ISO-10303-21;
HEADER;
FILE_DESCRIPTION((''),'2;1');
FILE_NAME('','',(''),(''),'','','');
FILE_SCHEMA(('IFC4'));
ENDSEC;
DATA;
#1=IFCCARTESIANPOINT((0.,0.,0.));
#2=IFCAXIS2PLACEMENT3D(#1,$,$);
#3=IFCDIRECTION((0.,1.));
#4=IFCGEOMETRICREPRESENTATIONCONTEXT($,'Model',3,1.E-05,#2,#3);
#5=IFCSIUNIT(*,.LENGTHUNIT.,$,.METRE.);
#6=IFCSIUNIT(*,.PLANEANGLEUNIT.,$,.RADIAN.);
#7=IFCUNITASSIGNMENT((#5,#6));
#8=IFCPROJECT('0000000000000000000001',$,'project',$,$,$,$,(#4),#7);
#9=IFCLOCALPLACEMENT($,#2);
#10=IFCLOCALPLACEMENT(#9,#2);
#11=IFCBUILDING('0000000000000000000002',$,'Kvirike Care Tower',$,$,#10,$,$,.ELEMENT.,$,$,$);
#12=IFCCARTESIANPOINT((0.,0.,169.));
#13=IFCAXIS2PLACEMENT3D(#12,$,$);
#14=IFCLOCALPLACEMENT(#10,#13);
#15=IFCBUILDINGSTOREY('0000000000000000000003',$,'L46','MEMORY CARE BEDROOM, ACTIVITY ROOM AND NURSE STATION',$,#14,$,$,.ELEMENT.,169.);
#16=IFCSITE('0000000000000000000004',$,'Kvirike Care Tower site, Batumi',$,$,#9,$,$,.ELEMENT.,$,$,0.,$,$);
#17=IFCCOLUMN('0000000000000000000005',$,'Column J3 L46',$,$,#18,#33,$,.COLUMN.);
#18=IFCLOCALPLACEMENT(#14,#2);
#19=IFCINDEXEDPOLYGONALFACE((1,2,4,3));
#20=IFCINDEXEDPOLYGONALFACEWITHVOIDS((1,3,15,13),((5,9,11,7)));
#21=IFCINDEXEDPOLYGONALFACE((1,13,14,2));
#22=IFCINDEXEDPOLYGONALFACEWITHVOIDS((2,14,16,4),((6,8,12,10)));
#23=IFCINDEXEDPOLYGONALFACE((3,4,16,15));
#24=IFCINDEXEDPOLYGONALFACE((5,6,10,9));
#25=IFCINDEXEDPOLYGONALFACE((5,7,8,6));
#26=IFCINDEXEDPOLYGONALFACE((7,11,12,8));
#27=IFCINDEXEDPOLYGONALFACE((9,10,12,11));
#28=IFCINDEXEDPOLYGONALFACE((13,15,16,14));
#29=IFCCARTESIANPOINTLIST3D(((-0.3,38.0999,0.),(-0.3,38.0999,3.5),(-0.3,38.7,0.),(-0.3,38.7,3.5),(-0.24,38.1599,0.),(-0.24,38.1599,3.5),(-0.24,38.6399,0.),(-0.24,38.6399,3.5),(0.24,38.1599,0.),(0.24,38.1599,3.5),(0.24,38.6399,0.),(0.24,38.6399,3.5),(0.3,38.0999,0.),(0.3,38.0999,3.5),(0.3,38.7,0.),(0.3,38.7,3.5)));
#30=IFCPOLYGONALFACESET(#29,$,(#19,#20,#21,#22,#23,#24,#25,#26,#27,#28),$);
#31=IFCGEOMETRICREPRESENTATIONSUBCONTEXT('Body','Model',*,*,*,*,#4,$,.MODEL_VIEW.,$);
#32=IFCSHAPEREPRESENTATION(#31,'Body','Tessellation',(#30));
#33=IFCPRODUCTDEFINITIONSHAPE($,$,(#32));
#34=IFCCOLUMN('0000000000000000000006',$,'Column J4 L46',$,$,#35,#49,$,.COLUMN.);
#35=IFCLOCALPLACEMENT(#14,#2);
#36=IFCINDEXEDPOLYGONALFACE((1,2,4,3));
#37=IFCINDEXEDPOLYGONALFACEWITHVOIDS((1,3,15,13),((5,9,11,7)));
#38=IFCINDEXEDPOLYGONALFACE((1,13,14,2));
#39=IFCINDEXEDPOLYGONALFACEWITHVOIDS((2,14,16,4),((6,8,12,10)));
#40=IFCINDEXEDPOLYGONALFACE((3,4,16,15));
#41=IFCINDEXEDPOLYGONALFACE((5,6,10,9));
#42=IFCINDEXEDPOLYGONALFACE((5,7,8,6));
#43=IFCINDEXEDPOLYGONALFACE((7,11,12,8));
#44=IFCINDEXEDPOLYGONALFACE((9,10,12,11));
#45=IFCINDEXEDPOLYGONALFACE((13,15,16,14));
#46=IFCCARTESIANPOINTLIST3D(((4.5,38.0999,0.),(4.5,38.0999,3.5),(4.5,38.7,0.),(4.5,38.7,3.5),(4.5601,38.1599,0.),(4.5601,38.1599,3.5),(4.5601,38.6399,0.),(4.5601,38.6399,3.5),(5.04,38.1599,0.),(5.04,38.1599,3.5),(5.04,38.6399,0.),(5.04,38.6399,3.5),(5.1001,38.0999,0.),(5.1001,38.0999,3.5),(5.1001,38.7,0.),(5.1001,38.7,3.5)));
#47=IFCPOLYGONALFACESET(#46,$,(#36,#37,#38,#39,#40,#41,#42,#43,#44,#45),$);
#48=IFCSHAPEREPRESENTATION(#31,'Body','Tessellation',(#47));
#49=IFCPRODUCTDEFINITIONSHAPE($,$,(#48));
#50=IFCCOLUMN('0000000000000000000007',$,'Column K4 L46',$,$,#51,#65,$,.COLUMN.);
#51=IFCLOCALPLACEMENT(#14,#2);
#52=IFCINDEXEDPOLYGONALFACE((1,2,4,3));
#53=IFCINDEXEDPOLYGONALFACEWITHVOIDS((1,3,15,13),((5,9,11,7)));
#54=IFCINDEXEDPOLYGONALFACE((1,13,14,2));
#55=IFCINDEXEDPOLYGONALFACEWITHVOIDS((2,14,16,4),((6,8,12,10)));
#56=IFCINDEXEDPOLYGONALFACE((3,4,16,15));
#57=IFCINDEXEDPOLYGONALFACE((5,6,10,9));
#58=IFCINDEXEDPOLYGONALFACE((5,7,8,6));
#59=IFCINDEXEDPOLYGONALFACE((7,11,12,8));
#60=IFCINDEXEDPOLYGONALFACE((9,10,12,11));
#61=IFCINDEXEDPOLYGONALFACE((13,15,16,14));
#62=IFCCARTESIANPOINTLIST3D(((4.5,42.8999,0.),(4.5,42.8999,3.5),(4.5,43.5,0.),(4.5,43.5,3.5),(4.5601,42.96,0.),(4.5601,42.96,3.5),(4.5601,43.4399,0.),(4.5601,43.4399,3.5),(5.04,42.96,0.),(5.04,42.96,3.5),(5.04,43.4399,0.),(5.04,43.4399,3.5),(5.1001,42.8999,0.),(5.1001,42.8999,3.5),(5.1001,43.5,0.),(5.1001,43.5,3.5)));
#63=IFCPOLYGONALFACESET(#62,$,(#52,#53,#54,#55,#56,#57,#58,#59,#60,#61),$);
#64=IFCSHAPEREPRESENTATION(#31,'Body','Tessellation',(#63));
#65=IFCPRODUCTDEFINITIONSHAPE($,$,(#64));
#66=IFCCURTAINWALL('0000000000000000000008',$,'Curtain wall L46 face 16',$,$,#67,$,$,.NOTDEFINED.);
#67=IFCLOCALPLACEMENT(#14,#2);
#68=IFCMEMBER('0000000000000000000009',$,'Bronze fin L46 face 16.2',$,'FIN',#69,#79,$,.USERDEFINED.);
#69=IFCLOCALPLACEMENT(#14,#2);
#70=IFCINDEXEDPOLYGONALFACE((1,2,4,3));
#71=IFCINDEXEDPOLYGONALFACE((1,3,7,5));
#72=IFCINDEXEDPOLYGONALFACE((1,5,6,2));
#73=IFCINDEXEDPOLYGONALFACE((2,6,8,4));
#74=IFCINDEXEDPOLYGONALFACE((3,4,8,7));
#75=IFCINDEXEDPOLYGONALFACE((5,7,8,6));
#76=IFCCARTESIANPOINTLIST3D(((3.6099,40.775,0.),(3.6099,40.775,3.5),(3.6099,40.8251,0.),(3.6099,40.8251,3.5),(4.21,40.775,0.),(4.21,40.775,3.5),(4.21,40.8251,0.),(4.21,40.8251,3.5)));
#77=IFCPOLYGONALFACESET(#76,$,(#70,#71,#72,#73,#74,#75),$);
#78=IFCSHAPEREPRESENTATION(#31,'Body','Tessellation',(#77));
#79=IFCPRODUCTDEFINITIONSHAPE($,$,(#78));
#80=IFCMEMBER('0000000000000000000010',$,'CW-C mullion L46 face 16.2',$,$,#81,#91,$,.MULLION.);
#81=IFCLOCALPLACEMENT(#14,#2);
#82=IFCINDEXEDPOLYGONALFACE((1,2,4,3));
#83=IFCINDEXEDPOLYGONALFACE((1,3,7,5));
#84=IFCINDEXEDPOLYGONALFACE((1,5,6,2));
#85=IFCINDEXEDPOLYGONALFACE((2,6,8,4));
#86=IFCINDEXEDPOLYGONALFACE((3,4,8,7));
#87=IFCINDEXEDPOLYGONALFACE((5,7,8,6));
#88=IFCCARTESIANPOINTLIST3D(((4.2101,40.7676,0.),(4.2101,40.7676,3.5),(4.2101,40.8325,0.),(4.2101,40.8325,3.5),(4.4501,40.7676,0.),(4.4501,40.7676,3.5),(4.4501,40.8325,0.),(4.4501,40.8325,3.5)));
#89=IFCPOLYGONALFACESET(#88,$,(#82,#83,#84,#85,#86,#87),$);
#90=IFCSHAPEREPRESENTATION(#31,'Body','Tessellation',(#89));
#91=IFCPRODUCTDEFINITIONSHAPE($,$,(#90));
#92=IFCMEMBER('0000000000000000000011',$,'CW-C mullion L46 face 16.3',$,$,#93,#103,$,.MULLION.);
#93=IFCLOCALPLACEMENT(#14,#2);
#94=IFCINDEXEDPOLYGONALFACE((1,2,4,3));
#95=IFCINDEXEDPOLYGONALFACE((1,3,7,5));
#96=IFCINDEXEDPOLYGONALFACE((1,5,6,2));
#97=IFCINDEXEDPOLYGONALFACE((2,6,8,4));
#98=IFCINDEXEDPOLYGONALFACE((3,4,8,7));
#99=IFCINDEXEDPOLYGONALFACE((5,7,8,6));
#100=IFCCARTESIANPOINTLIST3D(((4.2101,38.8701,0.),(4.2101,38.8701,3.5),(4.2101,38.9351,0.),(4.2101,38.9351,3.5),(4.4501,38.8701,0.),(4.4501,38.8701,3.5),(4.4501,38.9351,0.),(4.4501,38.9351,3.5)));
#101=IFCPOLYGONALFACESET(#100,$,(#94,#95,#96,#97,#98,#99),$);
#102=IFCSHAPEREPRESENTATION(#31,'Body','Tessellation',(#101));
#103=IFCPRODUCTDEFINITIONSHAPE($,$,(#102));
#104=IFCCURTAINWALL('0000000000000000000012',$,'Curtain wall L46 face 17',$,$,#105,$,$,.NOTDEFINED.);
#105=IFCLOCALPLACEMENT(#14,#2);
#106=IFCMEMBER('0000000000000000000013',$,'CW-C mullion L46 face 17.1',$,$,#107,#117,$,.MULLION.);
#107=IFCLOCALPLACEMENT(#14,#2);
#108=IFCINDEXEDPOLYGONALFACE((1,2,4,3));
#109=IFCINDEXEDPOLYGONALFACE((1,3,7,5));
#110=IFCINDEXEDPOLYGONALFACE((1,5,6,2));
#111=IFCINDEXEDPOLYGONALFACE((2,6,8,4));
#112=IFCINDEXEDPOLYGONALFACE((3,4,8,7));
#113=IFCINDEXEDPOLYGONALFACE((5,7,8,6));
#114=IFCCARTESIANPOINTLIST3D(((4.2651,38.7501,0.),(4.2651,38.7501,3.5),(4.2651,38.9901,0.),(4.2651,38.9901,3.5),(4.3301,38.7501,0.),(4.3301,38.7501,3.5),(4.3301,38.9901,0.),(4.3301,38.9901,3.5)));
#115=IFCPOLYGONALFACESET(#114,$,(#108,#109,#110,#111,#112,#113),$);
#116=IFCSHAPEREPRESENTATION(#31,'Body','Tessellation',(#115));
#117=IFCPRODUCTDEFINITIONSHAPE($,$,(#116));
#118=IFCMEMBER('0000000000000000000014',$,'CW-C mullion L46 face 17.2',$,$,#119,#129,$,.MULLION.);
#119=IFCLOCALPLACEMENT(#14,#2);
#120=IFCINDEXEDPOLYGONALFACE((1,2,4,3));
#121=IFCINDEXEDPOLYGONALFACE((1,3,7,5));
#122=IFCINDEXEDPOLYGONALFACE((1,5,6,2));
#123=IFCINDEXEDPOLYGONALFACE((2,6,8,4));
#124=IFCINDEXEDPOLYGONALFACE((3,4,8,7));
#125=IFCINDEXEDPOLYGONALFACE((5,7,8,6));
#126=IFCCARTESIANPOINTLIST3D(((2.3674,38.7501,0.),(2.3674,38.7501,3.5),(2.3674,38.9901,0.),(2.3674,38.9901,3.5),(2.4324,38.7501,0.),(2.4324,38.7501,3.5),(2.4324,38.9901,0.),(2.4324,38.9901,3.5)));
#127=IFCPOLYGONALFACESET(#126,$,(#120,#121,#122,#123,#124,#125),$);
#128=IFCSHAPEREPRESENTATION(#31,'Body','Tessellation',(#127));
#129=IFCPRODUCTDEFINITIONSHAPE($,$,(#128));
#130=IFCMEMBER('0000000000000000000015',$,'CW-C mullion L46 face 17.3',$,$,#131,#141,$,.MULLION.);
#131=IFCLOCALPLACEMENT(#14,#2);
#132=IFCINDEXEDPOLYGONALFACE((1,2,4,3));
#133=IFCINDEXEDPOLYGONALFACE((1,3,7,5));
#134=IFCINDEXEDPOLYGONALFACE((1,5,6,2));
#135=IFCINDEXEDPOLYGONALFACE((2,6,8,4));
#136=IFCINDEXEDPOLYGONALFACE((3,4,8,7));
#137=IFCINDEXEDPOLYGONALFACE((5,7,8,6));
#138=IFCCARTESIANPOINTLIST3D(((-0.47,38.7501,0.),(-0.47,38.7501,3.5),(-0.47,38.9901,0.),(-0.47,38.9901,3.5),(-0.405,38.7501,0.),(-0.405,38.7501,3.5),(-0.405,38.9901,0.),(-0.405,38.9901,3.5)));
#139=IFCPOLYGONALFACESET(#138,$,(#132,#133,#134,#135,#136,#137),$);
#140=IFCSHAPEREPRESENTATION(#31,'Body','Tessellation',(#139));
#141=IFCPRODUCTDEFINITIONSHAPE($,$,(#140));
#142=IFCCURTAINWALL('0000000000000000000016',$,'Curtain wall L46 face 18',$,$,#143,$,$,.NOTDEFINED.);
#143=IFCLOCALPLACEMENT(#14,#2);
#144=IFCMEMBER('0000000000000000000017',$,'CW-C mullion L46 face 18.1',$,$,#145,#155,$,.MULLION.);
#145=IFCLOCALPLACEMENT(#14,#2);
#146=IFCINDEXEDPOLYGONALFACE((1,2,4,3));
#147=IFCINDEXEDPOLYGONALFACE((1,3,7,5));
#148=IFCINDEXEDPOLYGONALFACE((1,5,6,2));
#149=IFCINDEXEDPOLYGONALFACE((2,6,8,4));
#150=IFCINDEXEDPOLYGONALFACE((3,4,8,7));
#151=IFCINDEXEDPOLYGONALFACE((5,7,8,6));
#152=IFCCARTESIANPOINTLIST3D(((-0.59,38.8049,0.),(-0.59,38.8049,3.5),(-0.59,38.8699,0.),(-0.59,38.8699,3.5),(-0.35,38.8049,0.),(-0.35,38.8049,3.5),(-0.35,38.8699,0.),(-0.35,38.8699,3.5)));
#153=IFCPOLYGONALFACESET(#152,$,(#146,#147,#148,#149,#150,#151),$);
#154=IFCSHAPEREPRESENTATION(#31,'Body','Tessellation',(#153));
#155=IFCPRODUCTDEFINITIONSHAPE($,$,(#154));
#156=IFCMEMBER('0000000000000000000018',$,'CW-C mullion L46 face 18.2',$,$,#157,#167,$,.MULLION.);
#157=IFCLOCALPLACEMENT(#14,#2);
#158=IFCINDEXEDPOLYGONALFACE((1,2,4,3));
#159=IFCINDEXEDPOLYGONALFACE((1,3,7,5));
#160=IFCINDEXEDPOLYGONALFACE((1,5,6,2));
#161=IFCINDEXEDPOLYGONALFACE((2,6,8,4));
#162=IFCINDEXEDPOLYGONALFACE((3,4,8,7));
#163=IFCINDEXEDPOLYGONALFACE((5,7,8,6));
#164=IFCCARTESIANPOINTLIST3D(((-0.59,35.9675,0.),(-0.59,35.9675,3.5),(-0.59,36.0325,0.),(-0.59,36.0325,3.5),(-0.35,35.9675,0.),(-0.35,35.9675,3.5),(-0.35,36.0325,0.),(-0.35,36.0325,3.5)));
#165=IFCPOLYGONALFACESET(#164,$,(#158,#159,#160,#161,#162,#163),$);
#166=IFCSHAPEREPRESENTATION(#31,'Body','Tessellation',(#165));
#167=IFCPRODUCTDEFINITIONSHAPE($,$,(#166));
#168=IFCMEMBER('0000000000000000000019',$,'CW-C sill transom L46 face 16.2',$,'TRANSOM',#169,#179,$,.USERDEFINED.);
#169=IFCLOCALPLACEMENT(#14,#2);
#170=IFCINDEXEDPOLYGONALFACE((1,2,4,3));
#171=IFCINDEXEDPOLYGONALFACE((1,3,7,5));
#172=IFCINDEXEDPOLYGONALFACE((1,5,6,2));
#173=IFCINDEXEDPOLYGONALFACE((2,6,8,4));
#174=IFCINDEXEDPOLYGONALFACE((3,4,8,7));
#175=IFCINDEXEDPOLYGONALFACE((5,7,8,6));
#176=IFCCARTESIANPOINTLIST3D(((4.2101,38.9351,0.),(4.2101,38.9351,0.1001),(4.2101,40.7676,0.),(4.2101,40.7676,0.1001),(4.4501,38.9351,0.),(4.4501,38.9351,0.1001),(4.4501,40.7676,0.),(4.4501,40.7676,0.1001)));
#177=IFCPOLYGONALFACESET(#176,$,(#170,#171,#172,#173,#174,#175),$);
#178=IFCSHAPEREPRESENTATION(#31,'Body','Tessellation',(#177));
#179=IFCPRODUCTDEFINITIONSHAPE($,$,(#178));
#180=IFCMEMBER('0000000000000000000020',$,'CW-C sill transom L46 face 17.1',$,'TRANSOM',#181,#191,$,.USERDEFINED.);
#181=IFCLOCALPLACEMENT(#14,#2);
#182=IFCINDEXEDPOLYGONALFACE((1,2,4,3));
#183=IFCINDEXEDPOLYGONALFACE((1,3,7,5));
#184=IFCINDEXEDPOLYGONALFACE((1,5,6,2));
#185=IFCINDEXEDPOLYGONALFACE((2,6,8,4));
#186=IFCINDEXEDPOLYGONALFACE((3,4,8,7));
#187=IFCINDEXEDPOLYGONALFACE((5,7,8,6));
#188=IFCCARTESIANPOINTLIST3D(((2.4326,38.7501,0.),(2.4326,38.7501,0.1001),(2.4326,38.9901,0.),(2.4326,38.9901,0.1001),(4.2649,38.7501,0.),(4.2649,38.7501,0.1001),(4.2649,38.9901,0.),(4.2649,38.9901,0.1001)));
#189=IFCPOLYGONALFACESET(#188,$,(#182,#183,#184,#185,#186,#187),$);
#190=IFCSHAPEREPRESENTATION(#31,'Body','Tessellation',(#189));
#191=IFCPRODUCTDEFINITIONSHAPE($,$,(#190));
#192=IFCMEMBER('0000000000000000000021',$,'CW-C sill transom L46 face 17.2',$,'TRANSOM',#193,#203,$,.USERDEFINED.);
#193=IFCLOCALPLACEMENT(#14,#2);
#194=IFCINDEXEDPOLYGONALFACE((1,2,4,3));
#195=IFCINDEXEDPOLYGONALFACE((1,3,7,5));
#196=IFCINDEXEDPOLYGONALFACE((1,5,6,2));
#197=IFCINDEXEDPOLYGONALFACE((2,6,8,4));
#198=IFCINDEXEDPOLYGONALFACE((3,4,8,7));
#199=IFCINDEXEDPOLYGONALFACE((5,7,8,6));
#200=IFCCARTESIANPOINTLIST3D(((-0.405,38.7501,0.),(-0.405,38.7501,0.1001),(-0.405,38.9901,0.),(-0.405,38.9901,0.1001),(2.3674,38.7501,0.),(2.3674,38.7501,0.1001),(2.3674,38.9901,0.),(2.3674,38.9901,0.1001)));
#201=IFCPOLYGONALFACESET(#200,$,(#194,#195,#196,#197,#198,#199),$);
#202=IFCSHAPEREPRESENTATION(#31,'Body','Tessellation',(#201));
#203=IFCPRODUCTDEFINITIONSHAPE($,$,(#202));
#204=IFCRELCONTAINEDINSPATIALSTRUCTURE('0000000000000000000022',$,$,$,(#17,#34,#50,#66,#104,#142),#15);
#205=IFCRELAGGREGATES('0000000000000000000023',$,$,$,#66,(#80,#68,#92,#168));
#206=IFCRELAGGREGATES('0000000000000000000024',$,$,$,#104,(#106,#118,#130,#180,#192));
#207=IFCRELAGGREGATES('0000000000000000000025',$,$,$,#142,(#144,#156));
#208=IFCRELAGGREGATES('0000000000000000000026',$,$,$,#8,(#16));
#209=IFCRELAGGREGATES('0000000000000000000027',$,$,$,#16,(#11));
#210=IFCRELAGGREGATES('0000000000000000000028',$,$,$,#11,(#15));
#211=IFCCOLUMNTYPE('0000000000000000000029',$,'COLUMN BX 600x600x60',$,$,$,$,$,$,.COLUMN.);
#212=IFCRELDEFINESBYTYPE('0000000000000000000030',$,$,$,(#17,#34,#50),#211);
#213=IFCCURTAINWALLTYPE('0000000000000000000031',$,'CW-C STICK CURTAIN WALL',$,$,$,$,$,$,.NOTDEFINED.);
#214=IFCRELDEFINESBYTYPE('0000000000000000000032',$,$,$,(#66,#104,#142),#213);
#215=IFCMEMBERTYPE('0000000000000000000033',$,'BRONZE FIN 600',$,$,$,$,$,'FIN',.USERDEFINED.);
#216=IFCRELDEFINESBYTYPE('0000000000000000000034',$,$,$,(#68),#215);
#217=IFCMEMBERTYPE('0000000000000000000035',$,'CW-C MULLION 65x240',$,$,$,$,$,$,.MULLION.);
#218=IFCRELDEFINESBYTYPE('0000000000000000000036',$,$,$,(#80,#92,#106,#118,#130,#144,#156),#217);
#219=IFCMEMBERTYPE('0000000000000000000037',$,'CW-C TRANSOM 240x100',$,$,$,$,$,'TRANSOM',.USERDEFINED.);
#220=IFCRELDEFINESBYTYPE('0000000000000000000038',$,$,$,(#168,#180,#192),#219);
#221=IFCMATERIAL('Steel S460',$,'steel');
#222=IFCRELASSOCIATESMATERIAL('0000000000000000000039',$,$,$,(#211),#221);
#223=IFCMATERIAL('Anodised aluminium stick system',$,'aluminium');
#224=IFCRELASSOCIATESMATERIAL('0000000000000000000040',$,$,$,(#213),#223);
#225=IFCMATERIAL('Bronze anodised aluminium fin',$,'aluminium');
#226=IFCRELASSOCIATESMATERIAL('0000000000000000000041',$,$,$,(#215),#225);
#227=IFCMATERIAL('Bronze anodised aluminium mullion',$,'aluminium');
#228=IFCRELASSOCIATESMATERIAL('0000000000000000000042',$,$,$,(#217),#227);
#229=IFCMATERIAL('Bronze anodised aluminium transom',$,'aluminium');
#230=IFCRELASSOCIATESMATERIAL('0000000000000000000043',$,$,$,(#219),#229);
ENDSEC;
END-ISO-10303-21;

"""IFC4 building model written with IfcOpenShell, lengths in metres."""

from ifc_helpers import new_model, si_unit, direction, frame, origin, origin_2d, place, context, subcontext, project, spatial, rectangle, hollow_rectangle, extrude, material, material_profile, profile_set, type_object, element, aggregate, save


model = new_model("IFC4")

# Units and contexts
model_context = context("Model", 3, precision=1e-05, world=origin(), true_north=direction((0.0, 1.0)))
body_context = subcontext(model_context, "Body", "Model", "MODEL_VIEW")
ifc_project = project(units=[si_unit("LENGTHUNIT", "METRE"), si_unit("PLANEANGLEUNIT", "RADIAN")], contexts=[model_context])

# Site, building, storey
site_placement = place(None, origin())
site = spatial("IfcSite", under=ifc_project, at=site_placement, Name="Kvirike Care Tower site, Batumi", CompositionType="ELEMENT", RefElevation=0.0)
building_placement = place(site_placement, origin())
building = spatial("IfcBuilding", under=site, at=building_placement, Name="Kvirike Care Tower", CompositionType="ELEMENT")
storey_placement = place(building_placement, frame((0.0, 0.0, 169.0)))
storey = spatial("IfcBuildingStorey", under=building, at=storey_placement, Name="L46", Description="MEMORY CARE BEDROOM, ACTIVITY ROOM AND NURSE STATION", CompositionType="ELEMENT", Elevation=169.0)

# Columns
ifc_material_1 = material(Name="Steel S460", Category="steel")
ifc_material_profile_1 = material_profile(ifc_material_1, hollow_rectangle(XDim=0.6001, YDim=0.6001, WallThickness=0.0601, at=origin_2d()), Name="BX 600x600x60")
ifc_profile_set_1 = profile_set([ifc_material_profile_1], Name="Steel S460")
column_type = type_object("IfcColumnType", Name="COLUMN BX 600x600x60", PredefinedType="COLUMN", material=ifc_profile_set_1)
for number, where, z_axis, x_axis, name in (
    (1, (0.0, 38.3999, 0.0), (0.0, 0.0, 1.0), (0.0, 1.0, 0.0), "Column J3 L46"),
    (2, (4.8, 38.3999, 0.0), (0.0, 0.0, 1.0), (0.0, 1.0, 0.0), "Column J4 L46"),
    (3, (4.8, 43.2, 0.0), (0.0, 0.0, 1.0), (0.0, 1.0, 0.0), "Column K4 L46"),
):
    element("IfcColumn", number, at=place(storey_placement, frame(where, z_axis=z_axis, x_axis=x_axis)), inside=storey, type_object=column_type, Name=name, PredefinedType="COLUMN", context=body_context, shape_type="SweptSolid", body=[
        extrude(hollow_rectangle(XDim=0.6001, YDim=0.6001, WallThickness=0.0601, at=origin_2d()), origin(), (0.0, 0.0, 1.0), 3.5),
    ])

# Curtain walls, members
ifc_material_2 = material(Name="Anodised aluminium stick system", Category="aluminium")
curtain_wall_type = type_object("IfcCurtainWallType", Name="CW-C STICK CURTAIN WALL", PredefinedType="NOTDEFINED", material=ifc_material_2)
curtain_wall_1_placement = place(storey_placement, origin())
curtain_wall_1 = element("IfcCurtainWall", 4, at=curtain_wall_1_placement, inside=storey, type_object=curtain_wall_type, Name="Curtain wall L46 face 16", PredefinedType="NOTDEFINED")
ifc_material_3 = material(Name="Bronze anodised aluminium fin", Category="aluminium")
ifc_material_profile_2 = material_profile(ifc_material_3, rectangle(XDim=0.05, YDim=0.6001, at=origin_2d()), Name="BRONZE FIN 600")
ifc_profile_set_2 = profile_set([ifc_material_profile_2], Name="Bronze anodised aluminium fin")
member_type_1 = type_object("IfcMemberType", Name="BRONZE FIN 600", ElementType="FIN", PredefinedType="USERDEFINED", material=ifc_profile_set_2)
member_1_placement = place(storey_placement, frame((3.9099, 40.8, 0.0), z_axis=(0.0, 0.0, 1.0), x_axis=(0.0, -1.0, 0.0)))
member_1 = element("IfcMember", 5, at=member_1_placement, type_object=member_type_1, Name="Bronze fin L46 face 16.2", ObjectType="FIN", PredefinedType="USERDEFINED", context=body_context, shape_type="SweptSolid", body=[
    extrude(rectangle(XDim=0.05, YDim=0.6001, at=origin_2d()), origin(), (0.0, 0.0, 1.0), 3.5),
])
ifc_material_4 = material(Name="Bronze anodised aluminium mullion", Category="aluminium")
ifc_material_profile_3 = material_profile(ifc_material_4, rectangle(XDim=0.0649, YDim=0.24, at=origin_2d()), Name="CW-C MULLION 65x240")
ifc_profile_set_3 = profile_set([ifc_material_profile_3], Name="Bronze anodised aluminium mullion")
member_type_2 = type_object("IfcMemberType", Name="CW-C MULLION 65x240", PredefinedType="MULLION", material=ifc_profile_set_3)
member_2_placement = place(storey_placement, frame((4.3301, 40.8, 0.0), z_axis=(0.0, 0.0, 1.0), x_axis=(0.0, -1.0, 0.0)))
member_2 = element("IfcMember", 6, at=member_2_placement, type_object=member_type_2, Name="CW-C mullion L46 face 16.2", PredefinedType="MULLION", context=body_context, shape_type="SweptSolid", body=[
    extrude(rectangle(XDim=0.0649, YDim=0.24, at=origin_2d()), origin(), (0.0, 0.0, 1.0), 3.5),
])
member_3_placement = place(storey_placement, frame((4.3301, 38.9026, 0.0), z_axis=(0.0, 0.0, 1.0), x_axis=(0.0, -1.0, 0.0)))
member_3 = element("IfcMember", 7, at=member_3_placement, type_object=member_type_2, Name="CW-C mullion L46 face 16.3", PredefinedType="MULLION", context=body_context, shape_type="SweptSolid", body=[
    extrude(rectangle(XDim=0.0649, YDim=0.24, at=origin_2d()), origin(), (0.0, 0.0, 1.0), 3.5),
])
curtain_wall_2_placement = place(storey_placement, origin())
curtain_wall_2 = element("IfcCurtainWall", 8, at=curtain_wall_2_placement, inside=storey, type_object=curtain_wall_type, Name="Curtain wall L46 face 17", PredefinedType="NOTDEFINED")
member_4_placement = place(storey_placement, frame((4.2976, 38.8701, 0.0), z_axis=(0.0, 0.0, 1.0), x_axis=(-1.0, 0.0, 0.0)))
member_4 = element("IfcMember", 9, at=member_4_placement, type_object=member_type_2, Name="CW-C mullion L46 face 17.1", PredefinedType="MULLION", context=body_context, shape_type="SweptSolid", body=[
    extrude(rectangle(XDim=0.0649, YDim=0.24, at=origin_2d()), origin(), (0.0, 0.0, 1.0), 3.5),
])
member_5_placement = place(storey_placement, frame((2.3999, 38.8701, 0.0), z_axis=(0.0, 0.0, 1.0), x_axis=(-1.0, 0.0, 0.0)))
member_5 = element("IfcMember", 10, at=member_5_placement, type_object=member_type_2, Name="CW-C mullion L46 face 17.2", PredefinedType="MULLION", context=body_context, shape_type="SweptSolid", body=[
    extrude(rectangle(XDim=0.0649, YDim=0.24, at=origin_2d()), origin(), (0.0, 0.0, 1.0), 3.5),
])
member_6_placement = place(storey_placement, frame((-0.4375, 38.8701, 0.0), z_axis=(0.0, 0.0, 1.0), x_axis=(-1.0, 0.0, 0.0)))
member_6 = element("IfcMember", 11, at=member_6_placement, type_object=member_type_2, Name="CW-C mullion L46 face 17.3", PredefinedType="MULLION", context=body_context, shape_type="SweptSolid", body=[
    extrude(rectangle(XDim=0.0649, YDim=0.24, at=origin_2d()), origin(), (0.0, 0.0, 1.0), 3.5),
])
curtain_wall_3_placement = place(storey_placement, origin())
curtain_wall_3 = element("IfcCurtainWall", 12, at=curtain_wall_3_placement, inside=storey, type_object=curtain_wall_type, Name="Curtain wall L46 face 18", PredefinedType="NOTDEFINED")
member_7_placement = place(storey_placement, frame((-0.47, 38.8374, 0.0), z_axis=(0.0, 0.0, 1.0), x_axis=(0.0, -1.0, 0.0)))
member_7 = element("IfcMember", 13, at=member_7_placement, type_object=member_type_2, Name="CW-C mullion L46 face 18.1", PredefinedType="MULLION", context=body_context, shape_type="SweptSolid", body=[
    extrude(rectangle(XDim=0.0649, YDim=0.24, at=origin_2d()), origin(), (0.0, 0.0, 1.0), 3.5),
])
member_8_placement = place(storey_placement, frame((-0.47, 36.0, 0.0), z_axis=(0.0, 0.0, 1.0), x_axis=(0.0, -1.0, 0.0)))
member_8 = element("IfcMember", 14, at=member_8_placement, type_object=member_type_2, Name="CW-C mullion L46 face 18.2", PredefinedType="MULLION", context=body_context, shape_type="SweptSolid", body=[
    extrude(rectangle(XDim=0.0649, YDim=0.24, at=origin_2d()), origin(), (0.0, 0.0, 1.0), 3.5),
])

# Members
ifc_material_5 = material(Name="Bronze anodised aluminium transom", Category="aluminium")
ifc_material_profile_4 = material_profile(ifc_material_5, rectangle(XDim=0.24, YDim=0.1001, at=origin_2d()), Name="CW-C TRANSOM 240x100")
ifc_profile_set_4 = profile_set([ifc_material_profile_4], Name="Bronze anodised aluminium transom")
member_type_3 = type_object("IfcMemberType", Name="CW-C TRANSOM 240x100", ElementType="TRANSOM", PredefinedType="USERDEFINED", material=ifc_profile_set_4)
member_9_placement = place(storey_placement, frame((4.3301, 40.7676, 0.05), z_axis=(0.0, -1.0, 0.0), x_axis=(1.0, 0.0, 0.0)))
member_9 = element("IfcMember", 15, at=member_9_placement, type_object=member_type_3, Name="CW-C sill transom L46 face 16.2", ObjectType="TRANSOM", PredefinedType="USERDEFINED", context=body_context, shape_type="SweptSolid", body=[
    extrude(rectangle(XDim=0.24, YDim=0.1001, at=origin_2d()), origin(), (0.0, 0.0, 1.0), 1.8325),
])
member_10_placement = place(storey_placement, frame((4.2649, 38.8701, 0.05), z_axis=(-1.0, 0.0, 0.0), x_axis=(0.0, -1.0, 0.0)))
member_10 = element("IfcMember", 16, at=member_10_placement, type_object=member_type_3, Name="CW-C sill transom L46 face 17.1", ObjectType="TRANSOM", PredefinedType="USERDEFINED", context=body_context, shape_type="SweptSolid", body=[
    extrude(rectangle(XDim=0.24, YDim=0.1001, at=origin_2d()), origin(), (0.0, 0.0, 1.0), 1.8323),
])
member_11_placement = place(storey_placement, frame((2.3674, 38.8701, 0.05), z_axis=(-1.0, 0.0, 0.0), x_axis=(0.0, -1.0, 0.0)))
member_11 = element("IfcMember", 17, at=member_11_placement, type_object=member_type_3, Name="CW-C sill transom L46 face 17.2", ObjectType="TRANSOM", PredefinedType="USERDEFINED", context=body_context, shape_type="SweptSolid", body=[
    extrude(rectangle(XDim=0.24, YDim=0.1001, at=origin_2d()), origin(), (0.0, 0.0, 1.0), 2.7725),
])

aggregate(curtain_wall_1, [member_2, member_1, member_3, member_9])
aggregate(curtain_wall_2, [member_4, member_5, member_6, member_10, member_11])
aggregate(curtain_wall_3, [member_7, member_8])

save(model, "model.ifc")
